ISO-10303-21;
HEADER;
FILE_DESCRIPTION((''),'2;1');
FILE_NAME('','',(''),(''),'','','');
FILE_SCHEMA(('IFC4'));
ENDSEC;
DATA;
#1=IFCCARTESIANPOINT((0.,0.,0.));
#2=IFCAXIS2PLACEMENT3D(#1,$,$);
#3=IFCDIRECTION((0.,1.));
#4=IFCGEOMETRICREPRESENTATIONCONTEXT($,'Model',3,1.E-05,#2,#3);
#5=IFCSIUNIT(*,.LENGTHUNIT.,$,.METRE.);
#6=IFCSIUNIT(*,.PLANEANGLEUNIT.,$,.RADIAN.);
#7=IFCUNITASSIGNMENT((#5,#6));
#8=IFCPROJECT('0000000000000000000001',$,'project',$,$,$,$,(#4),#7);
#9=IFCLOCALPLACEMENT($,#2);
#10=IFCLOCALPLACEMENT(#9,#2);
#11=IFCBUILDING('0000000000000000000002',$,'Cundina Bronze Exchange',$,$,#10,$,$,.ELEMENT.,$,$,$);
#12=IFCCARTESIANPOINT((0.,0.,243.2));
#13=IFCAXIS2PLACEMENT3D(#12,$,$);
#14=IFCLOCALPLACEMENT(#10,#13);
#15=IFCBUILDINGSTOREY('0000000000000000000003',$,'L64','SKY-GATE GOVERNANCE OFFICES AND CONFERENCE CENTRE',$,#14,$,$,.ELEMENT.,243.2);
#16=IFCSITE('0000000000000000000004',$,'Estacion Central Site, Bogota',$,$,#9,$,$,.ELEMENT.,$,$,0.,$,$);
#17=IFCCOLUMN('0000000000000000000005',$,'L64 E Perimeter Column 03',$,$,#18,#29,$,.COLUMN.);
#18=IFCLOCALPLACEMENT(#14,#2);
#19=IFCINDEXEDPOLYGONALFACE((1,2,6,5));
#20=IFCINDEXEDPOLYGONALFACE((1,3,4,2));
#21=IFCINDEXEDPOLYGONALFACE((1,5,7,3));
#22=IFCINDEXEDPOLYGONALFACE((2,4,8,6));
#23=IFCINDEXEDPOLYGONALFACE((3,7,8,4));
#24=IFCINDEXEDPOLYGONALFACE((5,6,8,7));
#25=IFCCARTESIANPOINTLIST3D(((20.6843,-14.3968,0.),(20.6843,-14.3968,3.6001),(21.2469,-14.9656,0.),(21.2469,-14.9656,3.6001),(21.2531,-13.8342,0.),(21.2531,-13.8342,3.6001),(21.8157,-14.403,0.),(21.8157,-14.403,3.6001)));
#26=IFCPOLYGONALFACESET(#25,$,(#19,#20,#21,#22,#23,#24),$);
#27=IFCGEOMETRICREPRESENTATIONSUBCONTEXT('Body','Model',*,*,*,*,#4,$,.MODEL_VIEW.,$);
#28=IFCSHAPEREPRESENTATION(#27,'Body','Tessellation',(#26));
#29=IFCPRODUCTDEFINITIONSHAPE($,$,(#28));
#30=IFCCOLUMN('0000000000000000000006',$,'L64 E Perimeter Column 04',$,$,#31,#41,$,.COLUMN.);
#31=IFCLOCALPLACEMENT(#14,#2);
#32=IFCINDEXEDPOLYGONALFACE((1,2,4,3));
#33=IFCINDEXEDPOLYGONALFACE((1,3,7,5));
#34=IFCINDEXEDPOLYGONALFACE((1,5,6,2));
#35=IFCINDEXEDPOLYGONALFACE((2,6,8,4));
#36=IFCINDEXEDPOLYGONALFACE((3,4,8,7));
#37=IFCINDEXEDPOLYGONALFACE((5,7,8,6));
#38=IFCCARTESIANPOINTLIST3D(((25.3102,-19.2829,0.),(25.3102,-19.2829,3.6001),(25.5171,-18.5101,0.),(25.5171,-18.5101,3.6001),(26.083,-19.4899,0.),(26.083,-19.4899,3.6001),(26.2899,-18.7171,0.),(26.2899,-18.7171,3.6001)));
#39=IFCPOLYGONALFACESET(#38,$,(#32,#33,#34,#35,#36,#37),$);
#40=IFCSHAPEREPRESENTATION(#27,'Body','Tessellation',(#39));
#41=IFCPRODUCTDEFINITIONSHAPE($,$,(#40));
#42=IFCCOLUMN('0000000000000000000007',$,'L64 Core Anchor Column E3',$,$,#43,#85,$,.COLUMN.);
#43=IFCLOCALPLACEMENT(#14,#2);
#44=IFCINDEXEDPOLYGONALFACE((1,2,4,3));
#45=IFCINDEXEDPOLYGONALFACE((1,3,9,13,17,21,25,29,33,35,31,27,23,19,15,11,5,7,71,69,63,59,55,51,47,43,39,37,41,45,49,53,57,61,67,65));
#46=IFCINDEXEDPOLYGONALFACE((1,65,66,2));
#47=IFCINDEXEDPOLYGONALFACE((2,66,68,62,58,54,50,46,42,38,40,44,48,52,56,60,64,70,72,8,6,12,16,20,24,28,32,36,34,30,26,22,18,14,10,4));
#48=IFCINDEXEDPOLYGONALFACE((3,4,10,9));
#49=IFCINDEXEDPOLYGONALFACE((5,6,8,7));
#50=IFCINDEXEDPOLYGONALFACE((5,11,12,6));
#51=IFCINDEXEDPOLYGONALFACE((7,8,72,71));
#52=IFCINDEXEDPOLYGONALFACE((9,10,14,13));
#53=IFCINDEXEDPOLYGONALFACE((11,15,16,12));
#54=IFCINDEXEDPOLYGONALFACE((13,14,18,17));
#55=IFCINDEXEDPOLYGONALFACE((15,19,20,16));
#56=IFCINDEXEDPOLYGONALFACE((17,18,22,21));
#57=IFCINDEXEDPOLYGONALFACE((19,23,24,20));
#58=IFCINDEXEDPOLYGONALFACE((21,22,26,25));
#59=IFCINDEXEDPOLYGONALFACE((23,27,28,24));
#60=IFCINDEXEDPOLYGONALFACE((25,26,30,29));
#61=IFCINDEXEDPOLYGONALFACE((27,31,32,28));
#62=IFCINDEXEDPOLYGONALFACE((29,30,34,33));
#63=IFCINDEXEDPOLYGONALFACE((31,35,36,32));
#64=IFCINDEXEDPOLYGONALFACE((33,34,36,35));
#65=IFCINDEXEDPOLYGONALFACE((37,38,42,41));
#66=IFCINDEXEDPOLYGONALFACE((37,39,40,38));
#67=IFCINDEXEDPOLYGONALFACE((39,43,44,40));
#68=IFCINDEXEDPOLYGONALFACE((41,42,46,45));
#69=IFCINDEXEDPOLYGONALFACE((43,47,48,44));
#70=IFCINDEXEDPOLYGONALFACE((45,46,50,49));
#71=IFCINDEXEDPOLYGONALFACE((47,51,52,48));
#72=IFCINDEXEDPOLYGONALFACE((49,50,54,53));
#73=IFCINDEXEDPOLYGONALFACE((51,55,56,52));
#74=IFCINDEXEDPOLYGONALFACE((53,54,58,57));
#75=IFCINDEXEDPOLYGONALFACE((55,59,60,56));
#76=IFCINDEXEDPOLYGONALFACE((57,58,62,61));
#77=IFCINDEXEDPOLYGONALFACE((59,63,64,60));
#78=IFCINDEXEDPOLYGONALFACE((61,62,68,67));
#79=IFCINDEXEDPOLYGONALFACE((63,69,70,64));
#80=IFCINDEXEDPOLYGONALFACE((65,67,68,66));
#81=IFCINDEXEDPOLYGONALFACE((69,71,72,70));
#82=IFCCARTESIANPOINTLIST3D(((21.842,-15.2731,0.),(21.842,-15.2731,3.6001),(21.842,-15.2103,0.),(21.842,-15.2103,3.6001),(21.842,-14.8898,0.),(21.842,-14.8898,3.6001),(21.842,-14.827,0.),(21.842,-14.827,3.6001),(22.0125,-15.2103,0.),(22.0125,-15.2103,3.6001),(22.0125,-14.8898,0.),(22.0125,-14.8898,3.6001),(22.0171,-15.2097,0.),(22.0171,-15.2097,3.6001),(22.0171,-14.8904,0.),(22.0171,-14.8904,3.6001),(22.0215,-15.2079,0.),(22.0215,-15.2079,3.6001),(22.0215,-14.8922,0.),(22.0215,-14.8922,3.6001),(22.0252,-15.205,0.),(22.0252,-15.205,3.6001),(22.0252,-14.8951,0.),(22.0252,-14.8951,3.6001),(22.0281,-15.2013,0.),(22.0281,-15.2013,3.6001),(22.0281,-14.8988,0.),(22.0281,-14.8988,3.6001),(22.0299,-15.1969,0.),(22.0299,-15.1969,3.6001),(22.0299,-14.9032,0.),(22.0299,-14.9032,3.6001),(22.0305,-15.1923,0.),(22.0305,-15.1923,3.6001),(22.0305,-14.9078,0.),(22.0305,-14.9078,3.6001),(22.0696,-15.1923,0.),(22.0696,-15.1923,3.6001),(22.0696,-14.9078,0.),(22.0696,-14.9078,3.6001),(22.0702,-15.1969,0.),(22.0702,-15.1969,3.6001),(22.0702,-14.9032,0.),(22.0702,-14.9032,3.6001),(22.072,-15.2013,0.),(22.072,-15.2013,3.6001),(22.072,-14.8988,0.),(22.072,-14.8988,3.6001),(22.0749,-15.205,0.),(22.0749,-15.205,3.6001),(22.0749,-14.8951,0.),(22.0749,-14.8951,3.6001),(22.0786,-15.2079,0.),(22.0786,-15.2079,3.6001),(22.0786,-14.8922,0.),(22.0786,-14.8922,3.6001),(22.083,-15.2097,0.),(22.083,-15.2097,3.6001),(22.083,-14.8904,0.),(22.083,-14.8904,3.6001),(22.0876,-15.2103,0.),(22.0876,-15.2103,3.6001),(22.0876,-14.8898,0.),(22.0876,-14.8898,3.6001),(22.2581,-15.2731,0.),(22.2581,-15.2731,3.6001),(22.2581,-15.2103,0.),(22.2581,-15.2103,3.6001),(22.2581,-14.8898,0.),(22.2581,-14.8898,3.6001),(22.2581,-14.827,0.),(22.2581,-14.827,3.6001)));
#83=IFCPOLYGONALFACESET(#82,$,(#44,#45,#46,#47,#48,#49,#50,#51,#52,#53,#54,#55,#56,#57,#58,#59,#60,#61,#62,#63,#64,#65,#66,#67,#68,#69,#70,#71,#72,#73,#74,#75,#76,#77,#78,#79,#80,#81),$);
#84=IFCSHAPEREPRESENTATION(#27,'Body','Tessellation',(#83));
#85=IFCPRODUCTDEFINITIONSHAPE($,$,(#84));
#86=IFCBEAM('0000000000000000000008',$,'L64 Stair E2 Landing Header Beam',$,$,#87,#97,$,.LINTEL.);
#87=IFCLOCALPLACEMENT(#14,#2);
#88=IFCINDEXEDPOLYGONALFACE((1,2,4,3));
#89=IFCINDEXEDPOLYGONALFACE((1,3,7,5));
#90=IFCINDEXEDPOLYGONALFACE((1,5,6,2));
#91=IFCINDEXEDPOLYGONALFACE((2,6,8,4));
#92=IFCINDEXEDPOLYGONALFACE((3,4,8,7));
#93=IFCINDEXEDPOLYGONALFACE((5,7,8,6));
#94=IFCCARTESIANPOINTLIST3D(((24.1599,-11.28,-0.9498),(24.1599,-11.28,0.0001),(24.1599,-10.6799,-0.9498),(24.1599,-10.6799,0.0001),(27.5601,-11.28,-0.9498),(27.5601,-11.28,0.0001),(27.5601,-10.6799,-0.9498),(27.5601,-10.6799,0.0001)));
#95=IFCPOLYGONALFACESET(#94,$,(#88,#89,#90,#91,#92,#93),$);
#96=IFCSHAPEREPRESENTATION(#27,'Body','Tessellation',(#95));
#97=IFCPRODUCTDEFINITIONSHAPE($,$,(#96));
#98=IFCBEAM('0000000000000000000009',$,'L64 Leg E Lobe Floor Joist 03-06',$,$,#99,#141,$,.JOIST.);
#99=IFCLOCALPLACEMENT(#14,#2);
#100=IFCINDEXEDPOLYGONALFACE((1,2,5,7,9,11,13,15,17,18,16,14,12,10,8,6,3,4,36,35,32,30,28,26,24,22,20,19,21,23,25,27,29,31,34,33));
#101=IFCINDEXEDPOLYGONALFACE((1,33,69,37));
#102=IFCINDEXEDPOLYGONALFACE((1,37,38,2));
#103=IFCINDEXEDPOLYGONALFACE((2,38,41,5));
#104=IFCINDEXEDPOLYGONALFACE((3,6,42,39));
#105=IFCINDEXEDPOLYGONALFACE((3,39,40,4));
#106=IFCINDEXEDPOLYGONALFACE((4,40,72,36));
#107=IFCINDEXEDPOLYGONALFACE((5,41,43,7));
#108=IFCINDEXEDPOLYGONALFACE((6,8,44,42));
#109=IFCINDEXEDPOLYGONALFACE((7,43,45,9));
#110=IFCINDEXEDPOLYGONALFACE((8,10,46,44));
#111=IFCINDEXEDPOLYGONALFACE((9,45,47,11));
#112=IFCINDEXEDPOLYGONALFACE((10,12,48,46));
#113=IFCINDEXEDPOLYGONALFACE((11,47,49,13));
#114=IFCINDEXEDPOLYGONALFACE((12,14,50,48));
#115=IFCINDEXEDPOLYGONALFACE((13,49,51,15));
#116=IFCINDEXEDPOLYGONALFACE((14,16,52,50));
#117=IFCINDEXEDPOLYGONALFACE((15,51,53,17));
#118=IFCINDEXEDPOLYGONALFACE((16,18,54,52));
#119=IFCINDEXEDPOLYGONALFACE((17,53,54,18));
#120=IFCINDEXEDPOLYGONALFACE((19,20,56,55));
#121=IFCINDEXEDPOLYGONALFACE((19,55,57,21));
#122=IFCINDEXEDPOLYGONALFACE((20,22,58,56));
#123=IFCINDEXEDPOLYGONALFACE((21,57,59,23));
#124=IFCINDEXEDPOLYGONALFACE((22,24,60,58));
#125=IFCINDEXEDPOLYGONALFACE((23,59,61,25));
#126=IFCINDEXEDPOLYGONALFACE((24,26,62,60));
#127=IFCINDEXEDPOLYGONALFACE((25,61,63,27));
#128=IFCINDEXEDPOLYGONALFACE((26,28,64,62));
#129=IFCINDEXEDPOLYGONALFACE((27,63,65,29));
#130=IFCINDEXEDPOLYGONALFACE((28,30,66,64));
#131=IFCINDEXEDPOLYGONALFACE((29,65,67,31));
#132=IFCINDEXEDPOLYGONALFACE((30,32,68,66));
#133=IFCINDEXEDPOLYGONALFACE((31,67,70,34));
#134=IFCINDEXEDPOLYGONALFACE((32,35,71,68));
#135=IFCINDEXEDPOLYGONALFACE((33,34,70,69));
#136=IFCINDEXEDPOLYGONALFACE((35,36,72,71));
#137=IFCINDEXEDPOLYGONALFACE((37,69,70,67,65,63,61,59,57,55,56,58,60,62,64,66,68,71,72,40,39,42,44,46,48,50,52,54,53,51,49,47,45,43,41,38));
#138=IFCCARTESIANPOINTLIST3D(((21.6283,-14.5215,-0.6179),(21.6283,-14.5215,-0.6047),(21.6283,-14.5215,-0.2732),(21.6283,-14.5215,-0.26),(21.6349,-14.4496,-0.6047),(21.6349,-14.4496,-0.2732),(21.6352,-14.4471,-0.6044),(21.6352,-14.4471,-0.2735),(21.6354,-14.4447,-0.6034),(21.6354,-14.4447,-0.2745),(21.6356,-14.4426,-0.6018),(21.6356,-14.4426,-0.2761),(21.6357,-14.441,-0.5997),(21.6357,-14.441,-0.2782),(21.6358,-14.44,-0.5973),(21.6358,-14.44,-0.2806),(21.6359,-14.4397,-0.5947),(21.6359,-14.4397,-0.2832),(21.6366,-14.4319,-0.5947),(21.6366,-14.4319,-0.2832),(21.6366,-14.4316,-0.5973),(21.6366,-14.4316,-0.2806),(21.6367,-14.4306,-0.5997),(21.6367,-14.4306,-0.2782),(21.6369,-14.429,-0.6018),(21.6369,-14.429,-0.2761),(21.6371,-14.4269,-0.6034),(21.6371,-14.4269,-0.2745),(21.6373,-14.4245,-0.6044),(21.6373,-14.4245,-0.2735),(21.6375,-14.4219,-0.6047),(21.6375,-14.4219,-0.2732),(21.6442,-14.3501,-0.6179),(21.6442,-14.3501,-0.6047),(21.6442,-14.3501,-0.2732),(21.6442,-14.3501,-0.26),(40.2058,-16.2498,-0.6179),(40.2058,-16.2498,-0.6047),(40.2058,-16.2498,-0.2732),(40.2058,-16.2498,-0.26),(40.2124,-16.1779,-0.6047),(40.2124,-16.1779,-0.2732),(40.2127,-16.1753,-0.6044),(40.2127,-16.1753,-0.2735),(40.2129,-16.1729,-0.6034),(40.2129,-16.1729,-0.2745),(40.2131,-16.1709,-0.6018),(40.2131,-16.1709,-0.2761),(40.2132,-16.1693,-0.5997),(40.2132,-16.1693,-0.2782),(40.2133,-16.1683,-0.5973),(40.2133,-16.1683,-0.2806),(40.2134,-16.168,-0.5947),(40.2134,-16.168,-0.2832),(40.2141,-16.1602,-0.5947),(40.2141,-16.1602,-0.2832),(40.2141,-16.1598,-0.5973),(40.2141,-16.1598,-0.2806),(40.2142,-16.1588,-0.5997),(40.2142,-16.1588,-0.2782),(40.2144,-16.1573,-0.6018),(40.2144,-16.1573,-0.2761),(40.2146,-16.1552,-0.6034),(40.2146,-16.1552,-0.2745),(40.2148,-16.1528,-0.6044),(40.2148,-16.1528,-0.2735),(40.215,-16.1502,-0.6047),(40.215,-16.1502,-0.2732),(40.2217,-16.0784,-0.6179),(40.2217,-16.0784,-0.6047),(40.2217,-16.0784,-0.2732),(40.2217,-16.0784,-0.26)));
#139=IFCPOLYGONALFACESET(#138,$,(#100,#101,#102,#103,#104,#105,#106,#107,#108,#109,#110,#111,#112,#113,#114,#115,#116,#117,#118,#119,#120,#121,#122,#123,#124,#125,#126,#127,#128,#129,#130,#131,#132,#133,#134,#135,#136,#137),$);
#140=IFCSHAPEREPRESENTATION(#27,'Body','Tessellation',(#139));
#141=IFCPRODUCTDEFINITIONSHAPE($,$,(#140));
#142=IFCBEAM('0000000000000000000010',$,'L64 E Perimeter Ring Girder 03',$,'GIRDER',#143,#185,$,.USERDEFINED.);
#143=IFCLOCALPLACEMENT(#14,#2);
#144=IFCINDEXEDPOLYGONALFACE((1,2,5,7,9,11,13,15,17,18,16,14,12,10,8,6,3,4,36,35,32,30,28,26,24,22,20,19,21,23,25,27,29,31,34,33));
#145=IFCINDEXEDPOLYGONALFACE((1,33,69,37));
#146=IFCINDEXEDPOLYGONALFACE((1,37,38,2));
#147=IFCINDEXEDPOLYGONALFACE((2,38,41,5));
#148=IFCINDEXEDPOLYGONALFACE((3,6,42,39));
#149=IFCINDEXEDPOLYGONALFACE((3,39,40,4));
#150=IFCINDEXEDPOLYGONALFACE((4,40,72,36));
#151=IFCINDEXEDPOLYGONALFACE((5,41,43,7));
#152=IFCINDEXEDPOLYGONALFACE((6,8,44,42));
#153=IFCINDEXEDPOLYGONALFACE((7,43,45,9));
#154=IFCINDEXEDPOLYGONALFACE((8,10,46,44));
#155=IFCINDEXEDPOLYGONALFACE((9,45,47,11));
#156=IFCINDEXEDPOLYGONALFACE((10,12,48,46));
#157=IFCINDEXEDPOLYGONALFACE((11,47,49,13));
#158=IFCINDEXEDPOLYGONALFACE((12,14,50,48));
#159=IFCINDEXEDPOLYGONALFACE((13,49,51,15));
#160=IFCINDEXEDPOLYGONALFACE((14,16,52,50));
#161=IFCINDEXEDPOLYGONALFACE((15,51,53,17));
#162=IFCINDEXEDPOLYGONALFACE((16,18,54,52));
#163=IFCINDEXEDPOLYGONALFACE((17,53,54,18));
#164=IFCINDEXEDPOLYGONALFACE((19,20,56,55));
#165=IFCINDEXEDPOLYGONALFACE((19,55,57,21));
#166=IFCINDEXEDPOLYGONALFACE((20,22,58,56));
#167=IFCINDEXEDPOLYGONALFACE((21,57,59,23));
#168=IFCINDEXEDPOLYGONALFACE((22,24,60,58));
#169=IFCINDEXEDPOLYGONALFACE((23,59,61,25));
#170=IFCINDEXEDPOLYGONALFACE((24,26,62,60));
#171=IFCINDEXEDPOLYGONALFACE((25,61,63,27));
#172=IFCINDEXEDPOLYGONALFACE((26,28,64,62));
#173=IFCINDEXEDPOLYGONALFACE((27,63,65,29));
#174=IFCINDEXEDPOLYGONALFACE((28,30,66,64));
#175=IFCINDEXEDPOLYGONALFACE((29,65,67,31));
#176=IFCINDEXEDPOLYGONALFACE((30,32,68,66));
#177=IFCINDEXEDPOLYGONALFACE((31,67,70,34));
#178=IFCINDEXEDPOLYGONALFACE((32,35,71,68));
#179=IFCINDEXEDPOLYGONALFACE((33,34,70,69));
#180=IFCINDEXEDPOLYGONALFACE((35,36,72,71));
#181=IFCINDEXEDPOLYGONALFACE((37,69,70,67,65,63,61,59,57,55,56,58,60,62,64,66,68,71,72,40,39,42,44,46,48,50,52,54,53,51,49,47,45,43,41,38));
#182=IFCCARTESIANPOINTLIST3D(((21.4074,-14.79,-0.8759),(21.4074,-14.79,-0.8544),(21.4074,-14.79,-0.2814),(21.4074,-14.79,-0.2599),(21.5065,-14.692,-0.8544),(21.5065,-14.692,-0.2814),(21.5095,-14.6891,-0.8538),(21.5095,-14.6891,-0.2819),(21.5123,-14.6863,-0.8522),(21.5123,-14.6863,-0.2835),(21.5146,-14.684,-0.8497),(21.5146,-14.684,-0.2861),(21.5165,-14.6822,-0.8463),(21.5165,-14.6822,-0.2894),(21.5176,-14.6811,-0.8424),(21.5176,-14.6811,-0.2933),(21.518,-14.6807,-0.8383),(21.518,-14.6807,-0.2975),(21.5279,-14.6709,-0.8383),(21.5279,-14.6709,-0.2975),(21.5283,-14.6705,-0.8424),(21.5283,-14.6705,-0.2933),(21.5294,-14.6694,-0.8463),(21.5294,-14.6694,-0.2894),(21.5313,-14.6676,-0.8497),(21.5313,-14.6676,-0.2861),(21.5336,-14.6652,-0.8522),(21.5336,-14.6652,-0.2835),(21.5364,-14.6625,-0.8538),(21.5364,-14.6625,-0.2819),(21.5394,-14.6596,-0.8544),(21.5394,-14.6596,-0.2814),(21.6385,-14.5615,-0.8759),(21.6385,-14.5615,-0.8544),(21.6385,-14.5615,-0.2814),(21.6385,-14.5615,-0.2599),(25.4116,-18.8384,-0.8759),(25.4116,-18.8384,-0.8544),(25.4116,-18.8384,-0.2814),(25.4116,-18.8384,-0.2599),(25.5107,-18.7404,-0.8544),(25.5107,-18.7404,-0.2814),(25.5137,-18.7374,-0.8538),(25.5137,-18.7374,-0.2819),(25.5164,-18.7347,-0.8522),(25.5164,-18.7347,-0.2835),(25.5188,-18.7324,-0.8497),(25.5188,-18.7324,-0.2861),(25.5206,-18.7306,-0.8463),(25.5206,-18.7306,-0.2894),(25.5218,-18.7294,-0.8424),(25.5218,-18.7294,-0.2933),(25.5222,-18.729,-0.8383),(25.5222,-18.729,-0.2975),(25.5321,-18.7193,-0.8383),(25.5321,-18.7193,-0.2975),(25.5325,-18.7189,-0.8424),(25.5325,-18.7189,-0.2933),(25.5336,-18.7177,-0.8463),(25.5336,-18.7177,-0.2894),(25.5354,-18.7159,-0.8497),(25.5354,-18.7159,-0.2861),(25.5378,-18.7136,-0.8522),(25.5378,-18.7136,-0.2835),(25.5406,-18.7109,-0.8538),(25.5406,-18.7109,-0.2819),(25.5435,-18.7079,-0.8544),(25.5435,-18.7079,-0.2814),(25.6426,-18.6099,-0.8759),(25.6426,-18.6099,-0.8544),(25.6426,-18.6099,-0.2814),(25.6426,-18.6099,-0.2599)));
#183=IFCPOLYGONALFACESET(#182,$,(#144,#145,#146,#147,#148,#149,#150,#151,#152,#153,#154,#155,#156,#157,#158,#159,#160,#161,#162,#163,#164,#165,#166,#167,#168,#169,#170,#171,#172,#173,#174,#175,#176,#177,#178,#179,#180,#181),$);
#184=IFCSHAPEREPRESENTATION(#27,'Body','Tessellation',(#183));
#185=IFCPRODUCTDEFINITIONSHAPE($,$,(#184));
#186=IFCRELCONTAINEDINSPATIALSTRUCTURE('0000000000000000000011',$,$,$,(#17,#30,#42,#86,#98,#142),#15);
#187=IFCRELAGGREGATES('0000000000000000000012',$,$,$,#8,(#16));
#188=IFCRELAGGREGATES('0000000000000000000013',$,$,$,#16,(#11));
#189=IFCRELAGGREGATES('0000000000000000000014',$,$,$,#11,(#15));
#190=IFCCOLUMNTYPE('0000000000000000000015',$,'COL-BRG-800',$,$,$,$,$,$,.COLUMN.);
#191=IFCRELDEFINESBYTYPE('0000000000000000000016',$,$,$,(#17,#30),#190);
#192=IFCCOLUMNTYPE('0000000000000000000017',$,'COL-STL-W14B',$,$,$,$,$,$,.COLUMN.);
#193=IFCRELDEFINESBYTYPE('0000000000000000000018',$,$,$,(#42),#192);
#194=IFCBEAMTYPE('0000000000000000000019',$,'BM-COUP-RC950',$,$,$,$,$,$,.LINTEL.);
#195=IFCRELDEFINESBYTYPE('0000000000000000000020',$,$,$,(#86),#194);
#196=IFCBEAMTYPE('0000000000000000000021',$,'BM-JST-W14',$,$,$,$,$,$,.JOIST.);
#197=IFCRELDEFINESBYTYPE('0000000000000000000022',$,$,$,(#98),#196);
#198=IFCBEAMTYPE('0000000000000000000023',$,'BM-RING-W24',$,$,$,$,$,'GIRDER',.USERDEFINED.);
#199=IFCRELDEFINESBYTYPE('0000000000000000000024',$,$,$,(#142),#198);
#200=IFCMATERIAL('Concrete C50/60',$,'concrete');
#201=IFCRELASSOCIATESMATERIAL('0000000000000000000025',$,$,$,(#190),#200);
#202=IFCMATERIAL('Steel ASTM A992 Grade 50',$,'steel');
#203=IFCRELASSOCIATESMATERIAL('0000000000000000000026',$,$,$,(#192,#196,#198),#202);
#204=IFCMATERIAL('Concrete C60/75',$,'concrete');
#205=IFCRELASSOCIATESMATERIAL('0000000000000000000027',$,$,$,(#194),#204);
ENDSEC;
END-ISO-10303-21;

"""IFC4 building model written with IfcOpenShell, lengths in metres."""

from ifc_helpers import new_model, si_unit, direction, frame, origin, origin_2d, place, context, subcontext, project, spatial, rectangle, i_section, extrude, material, material_profile, profile_set, type_object, element, save


model = new_model("IFC4")

# Units and contexts
model_context = context("Model", 3, precision=1e-05, world=origin(), true_north=direction((0.0, 1.0)))
body_context = subcontext(model_context, "Body", "Model", "MODEL_VIEW")
ifc_project = project(units=[si_unit("LENGTHUNIT", "METRE"), si_unit("PLANEANGLEUNIT", "RADIAN")], contexts=[model_context])

# Site, building, storey
site_placement = place(None, origin())
site = spatial("IfcSite", under=ifc_project, at=site_placement, Name="Estacion Central Site, Bogota", CompositionType="ELEMENT", RefElevation=0.0)
building_placement = place(site_placement, origin())
building = spatial("IfcBuilding", under=site, at=building_placement, Name="Cundina Bronze Exchange", CompositionType="ELEMENT")
storey_placement = place(building_placement, frame((0.0, 0.0, 243.2)))
storey = spatial("IfcBuildingStorey", under=building, at=storey_placement, Name="L64", Description="SKY-GATE GOVERNANCE OFFICES AND CONFERENCE CENTRE", CompositionType="ELEMENT", Elevation=243.2)

# Columns
ifc_material_1 = material(Name="Concrete C50/60", Category="concrete")
ifc_material_profile_1 = material_profile(ifc_material_1, rectangle(XDim=0.8, YDim=0.8, at=origin_2d()), Name="RC800X800", Category="concrete")
ifc_profile_set_1 = profile_set([ifc_material_profile_1], Name="Concrete C50/60")
column_type_1 = type_object("IfcColumnType", Name="COL-BRG-800", PredefinedType="COLUMN", material=ifc_profile_set_1)
for number, where, z_axis, x_axis, name in (
    (1, (21.25, -14.3999, 0.0), (0.0, 0.0, 1.0), (0.703271, -0.710922, 0.0), "L64 E Perimeter Column 03"),
    (2, (25.8, -19.0, 0.0), (0.0, 0.0, 1.0), (0.965971, -0.25865, 0.0), "L64 E Perimeter Column 04"),
):
    element("IfcColumn", number, at=place(storey_placement, frame(where, z_axis=z_axis, x_axis=x_axis)), inside=storey, type_object=column_type_1, Name=name, PredefinedType="COLUMN", context=body_context, shape_type="SweptSolid", body=[
        extrude(rectangle(XDim=0.8, YDim=0.8, at=origin_2d()), origin(), (0.0, 0.0, 1.0), 3.6001),
    ])
ifc_material_2 = material(Name="Steel ASTM A992 Grade 50", Category="steel")
ifc_material_profile_2 = material_profile(ifc_material_2, i_section(OverallWidth=0.416, OverallDepth=0.446, WebThickness=0.0391, FlangeThickness=0.0627, FilletRadius=0.0181, at=origin_2d()), Name="W14X342", Category="steel")
ifc_profile_set_2 = profile_set([ifc_material_profile_2], Name="Steel ASTM A992 Grade 50")
column_type_2 = type_object("IfcColumnType", Name="COL-STL-W14B", PredefinedType="COLUMN", material=ifc_profile_set_2)
column_placement = place(storey_placement, frame((22.05, -15.05, 0.0), z_axis=(0.0, 0.0, 1.0), x_axis=(1.0, 0.0, 0.0)))
element("IfcColumn", 3, at=column_placement, inside=storey, type_object=column_type_2, Name="L64 Core Anchor Column E3", PredefinedType="COLUMN", context=body_context, shape_type="SweptSolid", body=[
    extrude(i_section(OverallWidth=0.416, OverallDepth=0.446, WebThickness=0.0391, FlangeThickness=0.0627, FilletRadius=0.0181, at=origin_2d()), origin(), (0.0, 0.0, 1.0), 3.6001),
])

# Beams
ifc_material_3 = material(Name="Concrete C60/75", Category="concrete")
ifc_material_profile_3 = material_profile(ifc_material_3, rectangle(XDim=0.6001, YDim=0.95, at=origin_2d()), Name="RC600X950", Category="concrete")
ifc_profile_set_3 = profile_set([ifc_material_profile_3], Name="Concrete C60/75")
beam_type_1 = type_object("IfcBeamType", Name="BM-COUP-RC950", PredefinedType="LINTEL", material=ifc_profile_set_3)
beam_1_placement = place(storey_placement, frame((24.1599, -10.98, -0.4749), z_axis=(1.0, 0.0, 0.0), x_axis=(0.0, 1.0, 0.0)))
element("IfcBeam", 4, at=beam_1_placement, inside=storey, type_object=beam_type_1, Name="L64 Stair E2 Landing Header Beam", PredefinedType="LINTEL", context=body_context, shape_type="SweptSolid", body=[
    extrude(rectangle(XDim=0.6001, YDim=0.95, at=origin_2d()), origin(), (0.0, 0.0, 1.0), 3.4001),
])
ifc_material_profile_4 = material_profile(ifc_material_2, i_section(OverallWidth=0.1721, OverallDepth=0.3579, WebThickness=0.0078, FlangeThickness=0.0132, FilletRadius=0.01, at=origin_2d()), Name="W14X38", Category="steel")
ifc_profile_set_4 = profile_set([ifc_material_profile_4], Name="Steel ASTM A992 Grade 50")
beam_type_2 = type_object("IfcBeamType", Name="BM-JST-W14", PredefinedType="JOIST", material=ifc_profile_set_4)
beam_2_placement = place(storey_placement, frame((21.6362, -14.4358, -0.439), z_axis=(0.995701, -0.092631, 0.0), x_axis=(0.092631, 0.995701, 0.0)))
element("IfcBeam", 5, at=beam_2_placement, inside=storey, type_object=beam_type_2, Name="L64 Leg E Lobe Floor Joist 03-06", PredefinedType="JOIST", context=body_context, shape_type="SweptSolid", body=[
    extrude(i_section(OverallWidth=0.1721, OverallDepth=0.3579, WebThickness=0.0078, FlangeThickness=0.0132, FilletRadius=0.01, at=origin_2d()), origin(), (0.0, 0.0, 1.0), 18.6577),
])
ifc_material_profile_5 = material_profile(ifc_material_2, i_section(OverallWidth=0.325, OverallDepth=0.616, WebThickness=0.0139, FlangeThickness=0.0215, FilletRadius=0.0161, at=origin_2d()), Name="W24X117", Category="steel")
ifc_profile_set_5 = profile_set([ifc_material_profile_5], Name="Steel ASTM A992 Grade 50")
beam_type_3 = type_object("IfcBeamType", Name="BM-RING-W24", ElementType="GIRDER", PredefinedType="USERDEFINED", material=ifc_profile_set_5)
beam_3_placement = place(storey_placement, frame((21.5229, -14.6758, -0.5679), z_axis=(0.703216, -0.710976, 0.0), x_axis=(0.710976, 0.703216, 0.0)))
element("IfcBeam", 6, at=beam_3_placement, inside=storey, type_object=beam_type_3, Name="L64 E Perimeter Ring Girder 03", ObjectType="GIRDER", PredefinedType="USERDEFINED", context=body_context, shape_type="SweptSolid", body=[
    extrude(i_section(OverallWidth=0.325, OverallDepth=0.616, WebThickness=0.0139, FlangeThickness=0.0215, FilletRadius=0.0161, at=origin_2d()), origin(), (0.0, 0.0, 1.0), 5.6941),
])

save(model, "model.ifc")
